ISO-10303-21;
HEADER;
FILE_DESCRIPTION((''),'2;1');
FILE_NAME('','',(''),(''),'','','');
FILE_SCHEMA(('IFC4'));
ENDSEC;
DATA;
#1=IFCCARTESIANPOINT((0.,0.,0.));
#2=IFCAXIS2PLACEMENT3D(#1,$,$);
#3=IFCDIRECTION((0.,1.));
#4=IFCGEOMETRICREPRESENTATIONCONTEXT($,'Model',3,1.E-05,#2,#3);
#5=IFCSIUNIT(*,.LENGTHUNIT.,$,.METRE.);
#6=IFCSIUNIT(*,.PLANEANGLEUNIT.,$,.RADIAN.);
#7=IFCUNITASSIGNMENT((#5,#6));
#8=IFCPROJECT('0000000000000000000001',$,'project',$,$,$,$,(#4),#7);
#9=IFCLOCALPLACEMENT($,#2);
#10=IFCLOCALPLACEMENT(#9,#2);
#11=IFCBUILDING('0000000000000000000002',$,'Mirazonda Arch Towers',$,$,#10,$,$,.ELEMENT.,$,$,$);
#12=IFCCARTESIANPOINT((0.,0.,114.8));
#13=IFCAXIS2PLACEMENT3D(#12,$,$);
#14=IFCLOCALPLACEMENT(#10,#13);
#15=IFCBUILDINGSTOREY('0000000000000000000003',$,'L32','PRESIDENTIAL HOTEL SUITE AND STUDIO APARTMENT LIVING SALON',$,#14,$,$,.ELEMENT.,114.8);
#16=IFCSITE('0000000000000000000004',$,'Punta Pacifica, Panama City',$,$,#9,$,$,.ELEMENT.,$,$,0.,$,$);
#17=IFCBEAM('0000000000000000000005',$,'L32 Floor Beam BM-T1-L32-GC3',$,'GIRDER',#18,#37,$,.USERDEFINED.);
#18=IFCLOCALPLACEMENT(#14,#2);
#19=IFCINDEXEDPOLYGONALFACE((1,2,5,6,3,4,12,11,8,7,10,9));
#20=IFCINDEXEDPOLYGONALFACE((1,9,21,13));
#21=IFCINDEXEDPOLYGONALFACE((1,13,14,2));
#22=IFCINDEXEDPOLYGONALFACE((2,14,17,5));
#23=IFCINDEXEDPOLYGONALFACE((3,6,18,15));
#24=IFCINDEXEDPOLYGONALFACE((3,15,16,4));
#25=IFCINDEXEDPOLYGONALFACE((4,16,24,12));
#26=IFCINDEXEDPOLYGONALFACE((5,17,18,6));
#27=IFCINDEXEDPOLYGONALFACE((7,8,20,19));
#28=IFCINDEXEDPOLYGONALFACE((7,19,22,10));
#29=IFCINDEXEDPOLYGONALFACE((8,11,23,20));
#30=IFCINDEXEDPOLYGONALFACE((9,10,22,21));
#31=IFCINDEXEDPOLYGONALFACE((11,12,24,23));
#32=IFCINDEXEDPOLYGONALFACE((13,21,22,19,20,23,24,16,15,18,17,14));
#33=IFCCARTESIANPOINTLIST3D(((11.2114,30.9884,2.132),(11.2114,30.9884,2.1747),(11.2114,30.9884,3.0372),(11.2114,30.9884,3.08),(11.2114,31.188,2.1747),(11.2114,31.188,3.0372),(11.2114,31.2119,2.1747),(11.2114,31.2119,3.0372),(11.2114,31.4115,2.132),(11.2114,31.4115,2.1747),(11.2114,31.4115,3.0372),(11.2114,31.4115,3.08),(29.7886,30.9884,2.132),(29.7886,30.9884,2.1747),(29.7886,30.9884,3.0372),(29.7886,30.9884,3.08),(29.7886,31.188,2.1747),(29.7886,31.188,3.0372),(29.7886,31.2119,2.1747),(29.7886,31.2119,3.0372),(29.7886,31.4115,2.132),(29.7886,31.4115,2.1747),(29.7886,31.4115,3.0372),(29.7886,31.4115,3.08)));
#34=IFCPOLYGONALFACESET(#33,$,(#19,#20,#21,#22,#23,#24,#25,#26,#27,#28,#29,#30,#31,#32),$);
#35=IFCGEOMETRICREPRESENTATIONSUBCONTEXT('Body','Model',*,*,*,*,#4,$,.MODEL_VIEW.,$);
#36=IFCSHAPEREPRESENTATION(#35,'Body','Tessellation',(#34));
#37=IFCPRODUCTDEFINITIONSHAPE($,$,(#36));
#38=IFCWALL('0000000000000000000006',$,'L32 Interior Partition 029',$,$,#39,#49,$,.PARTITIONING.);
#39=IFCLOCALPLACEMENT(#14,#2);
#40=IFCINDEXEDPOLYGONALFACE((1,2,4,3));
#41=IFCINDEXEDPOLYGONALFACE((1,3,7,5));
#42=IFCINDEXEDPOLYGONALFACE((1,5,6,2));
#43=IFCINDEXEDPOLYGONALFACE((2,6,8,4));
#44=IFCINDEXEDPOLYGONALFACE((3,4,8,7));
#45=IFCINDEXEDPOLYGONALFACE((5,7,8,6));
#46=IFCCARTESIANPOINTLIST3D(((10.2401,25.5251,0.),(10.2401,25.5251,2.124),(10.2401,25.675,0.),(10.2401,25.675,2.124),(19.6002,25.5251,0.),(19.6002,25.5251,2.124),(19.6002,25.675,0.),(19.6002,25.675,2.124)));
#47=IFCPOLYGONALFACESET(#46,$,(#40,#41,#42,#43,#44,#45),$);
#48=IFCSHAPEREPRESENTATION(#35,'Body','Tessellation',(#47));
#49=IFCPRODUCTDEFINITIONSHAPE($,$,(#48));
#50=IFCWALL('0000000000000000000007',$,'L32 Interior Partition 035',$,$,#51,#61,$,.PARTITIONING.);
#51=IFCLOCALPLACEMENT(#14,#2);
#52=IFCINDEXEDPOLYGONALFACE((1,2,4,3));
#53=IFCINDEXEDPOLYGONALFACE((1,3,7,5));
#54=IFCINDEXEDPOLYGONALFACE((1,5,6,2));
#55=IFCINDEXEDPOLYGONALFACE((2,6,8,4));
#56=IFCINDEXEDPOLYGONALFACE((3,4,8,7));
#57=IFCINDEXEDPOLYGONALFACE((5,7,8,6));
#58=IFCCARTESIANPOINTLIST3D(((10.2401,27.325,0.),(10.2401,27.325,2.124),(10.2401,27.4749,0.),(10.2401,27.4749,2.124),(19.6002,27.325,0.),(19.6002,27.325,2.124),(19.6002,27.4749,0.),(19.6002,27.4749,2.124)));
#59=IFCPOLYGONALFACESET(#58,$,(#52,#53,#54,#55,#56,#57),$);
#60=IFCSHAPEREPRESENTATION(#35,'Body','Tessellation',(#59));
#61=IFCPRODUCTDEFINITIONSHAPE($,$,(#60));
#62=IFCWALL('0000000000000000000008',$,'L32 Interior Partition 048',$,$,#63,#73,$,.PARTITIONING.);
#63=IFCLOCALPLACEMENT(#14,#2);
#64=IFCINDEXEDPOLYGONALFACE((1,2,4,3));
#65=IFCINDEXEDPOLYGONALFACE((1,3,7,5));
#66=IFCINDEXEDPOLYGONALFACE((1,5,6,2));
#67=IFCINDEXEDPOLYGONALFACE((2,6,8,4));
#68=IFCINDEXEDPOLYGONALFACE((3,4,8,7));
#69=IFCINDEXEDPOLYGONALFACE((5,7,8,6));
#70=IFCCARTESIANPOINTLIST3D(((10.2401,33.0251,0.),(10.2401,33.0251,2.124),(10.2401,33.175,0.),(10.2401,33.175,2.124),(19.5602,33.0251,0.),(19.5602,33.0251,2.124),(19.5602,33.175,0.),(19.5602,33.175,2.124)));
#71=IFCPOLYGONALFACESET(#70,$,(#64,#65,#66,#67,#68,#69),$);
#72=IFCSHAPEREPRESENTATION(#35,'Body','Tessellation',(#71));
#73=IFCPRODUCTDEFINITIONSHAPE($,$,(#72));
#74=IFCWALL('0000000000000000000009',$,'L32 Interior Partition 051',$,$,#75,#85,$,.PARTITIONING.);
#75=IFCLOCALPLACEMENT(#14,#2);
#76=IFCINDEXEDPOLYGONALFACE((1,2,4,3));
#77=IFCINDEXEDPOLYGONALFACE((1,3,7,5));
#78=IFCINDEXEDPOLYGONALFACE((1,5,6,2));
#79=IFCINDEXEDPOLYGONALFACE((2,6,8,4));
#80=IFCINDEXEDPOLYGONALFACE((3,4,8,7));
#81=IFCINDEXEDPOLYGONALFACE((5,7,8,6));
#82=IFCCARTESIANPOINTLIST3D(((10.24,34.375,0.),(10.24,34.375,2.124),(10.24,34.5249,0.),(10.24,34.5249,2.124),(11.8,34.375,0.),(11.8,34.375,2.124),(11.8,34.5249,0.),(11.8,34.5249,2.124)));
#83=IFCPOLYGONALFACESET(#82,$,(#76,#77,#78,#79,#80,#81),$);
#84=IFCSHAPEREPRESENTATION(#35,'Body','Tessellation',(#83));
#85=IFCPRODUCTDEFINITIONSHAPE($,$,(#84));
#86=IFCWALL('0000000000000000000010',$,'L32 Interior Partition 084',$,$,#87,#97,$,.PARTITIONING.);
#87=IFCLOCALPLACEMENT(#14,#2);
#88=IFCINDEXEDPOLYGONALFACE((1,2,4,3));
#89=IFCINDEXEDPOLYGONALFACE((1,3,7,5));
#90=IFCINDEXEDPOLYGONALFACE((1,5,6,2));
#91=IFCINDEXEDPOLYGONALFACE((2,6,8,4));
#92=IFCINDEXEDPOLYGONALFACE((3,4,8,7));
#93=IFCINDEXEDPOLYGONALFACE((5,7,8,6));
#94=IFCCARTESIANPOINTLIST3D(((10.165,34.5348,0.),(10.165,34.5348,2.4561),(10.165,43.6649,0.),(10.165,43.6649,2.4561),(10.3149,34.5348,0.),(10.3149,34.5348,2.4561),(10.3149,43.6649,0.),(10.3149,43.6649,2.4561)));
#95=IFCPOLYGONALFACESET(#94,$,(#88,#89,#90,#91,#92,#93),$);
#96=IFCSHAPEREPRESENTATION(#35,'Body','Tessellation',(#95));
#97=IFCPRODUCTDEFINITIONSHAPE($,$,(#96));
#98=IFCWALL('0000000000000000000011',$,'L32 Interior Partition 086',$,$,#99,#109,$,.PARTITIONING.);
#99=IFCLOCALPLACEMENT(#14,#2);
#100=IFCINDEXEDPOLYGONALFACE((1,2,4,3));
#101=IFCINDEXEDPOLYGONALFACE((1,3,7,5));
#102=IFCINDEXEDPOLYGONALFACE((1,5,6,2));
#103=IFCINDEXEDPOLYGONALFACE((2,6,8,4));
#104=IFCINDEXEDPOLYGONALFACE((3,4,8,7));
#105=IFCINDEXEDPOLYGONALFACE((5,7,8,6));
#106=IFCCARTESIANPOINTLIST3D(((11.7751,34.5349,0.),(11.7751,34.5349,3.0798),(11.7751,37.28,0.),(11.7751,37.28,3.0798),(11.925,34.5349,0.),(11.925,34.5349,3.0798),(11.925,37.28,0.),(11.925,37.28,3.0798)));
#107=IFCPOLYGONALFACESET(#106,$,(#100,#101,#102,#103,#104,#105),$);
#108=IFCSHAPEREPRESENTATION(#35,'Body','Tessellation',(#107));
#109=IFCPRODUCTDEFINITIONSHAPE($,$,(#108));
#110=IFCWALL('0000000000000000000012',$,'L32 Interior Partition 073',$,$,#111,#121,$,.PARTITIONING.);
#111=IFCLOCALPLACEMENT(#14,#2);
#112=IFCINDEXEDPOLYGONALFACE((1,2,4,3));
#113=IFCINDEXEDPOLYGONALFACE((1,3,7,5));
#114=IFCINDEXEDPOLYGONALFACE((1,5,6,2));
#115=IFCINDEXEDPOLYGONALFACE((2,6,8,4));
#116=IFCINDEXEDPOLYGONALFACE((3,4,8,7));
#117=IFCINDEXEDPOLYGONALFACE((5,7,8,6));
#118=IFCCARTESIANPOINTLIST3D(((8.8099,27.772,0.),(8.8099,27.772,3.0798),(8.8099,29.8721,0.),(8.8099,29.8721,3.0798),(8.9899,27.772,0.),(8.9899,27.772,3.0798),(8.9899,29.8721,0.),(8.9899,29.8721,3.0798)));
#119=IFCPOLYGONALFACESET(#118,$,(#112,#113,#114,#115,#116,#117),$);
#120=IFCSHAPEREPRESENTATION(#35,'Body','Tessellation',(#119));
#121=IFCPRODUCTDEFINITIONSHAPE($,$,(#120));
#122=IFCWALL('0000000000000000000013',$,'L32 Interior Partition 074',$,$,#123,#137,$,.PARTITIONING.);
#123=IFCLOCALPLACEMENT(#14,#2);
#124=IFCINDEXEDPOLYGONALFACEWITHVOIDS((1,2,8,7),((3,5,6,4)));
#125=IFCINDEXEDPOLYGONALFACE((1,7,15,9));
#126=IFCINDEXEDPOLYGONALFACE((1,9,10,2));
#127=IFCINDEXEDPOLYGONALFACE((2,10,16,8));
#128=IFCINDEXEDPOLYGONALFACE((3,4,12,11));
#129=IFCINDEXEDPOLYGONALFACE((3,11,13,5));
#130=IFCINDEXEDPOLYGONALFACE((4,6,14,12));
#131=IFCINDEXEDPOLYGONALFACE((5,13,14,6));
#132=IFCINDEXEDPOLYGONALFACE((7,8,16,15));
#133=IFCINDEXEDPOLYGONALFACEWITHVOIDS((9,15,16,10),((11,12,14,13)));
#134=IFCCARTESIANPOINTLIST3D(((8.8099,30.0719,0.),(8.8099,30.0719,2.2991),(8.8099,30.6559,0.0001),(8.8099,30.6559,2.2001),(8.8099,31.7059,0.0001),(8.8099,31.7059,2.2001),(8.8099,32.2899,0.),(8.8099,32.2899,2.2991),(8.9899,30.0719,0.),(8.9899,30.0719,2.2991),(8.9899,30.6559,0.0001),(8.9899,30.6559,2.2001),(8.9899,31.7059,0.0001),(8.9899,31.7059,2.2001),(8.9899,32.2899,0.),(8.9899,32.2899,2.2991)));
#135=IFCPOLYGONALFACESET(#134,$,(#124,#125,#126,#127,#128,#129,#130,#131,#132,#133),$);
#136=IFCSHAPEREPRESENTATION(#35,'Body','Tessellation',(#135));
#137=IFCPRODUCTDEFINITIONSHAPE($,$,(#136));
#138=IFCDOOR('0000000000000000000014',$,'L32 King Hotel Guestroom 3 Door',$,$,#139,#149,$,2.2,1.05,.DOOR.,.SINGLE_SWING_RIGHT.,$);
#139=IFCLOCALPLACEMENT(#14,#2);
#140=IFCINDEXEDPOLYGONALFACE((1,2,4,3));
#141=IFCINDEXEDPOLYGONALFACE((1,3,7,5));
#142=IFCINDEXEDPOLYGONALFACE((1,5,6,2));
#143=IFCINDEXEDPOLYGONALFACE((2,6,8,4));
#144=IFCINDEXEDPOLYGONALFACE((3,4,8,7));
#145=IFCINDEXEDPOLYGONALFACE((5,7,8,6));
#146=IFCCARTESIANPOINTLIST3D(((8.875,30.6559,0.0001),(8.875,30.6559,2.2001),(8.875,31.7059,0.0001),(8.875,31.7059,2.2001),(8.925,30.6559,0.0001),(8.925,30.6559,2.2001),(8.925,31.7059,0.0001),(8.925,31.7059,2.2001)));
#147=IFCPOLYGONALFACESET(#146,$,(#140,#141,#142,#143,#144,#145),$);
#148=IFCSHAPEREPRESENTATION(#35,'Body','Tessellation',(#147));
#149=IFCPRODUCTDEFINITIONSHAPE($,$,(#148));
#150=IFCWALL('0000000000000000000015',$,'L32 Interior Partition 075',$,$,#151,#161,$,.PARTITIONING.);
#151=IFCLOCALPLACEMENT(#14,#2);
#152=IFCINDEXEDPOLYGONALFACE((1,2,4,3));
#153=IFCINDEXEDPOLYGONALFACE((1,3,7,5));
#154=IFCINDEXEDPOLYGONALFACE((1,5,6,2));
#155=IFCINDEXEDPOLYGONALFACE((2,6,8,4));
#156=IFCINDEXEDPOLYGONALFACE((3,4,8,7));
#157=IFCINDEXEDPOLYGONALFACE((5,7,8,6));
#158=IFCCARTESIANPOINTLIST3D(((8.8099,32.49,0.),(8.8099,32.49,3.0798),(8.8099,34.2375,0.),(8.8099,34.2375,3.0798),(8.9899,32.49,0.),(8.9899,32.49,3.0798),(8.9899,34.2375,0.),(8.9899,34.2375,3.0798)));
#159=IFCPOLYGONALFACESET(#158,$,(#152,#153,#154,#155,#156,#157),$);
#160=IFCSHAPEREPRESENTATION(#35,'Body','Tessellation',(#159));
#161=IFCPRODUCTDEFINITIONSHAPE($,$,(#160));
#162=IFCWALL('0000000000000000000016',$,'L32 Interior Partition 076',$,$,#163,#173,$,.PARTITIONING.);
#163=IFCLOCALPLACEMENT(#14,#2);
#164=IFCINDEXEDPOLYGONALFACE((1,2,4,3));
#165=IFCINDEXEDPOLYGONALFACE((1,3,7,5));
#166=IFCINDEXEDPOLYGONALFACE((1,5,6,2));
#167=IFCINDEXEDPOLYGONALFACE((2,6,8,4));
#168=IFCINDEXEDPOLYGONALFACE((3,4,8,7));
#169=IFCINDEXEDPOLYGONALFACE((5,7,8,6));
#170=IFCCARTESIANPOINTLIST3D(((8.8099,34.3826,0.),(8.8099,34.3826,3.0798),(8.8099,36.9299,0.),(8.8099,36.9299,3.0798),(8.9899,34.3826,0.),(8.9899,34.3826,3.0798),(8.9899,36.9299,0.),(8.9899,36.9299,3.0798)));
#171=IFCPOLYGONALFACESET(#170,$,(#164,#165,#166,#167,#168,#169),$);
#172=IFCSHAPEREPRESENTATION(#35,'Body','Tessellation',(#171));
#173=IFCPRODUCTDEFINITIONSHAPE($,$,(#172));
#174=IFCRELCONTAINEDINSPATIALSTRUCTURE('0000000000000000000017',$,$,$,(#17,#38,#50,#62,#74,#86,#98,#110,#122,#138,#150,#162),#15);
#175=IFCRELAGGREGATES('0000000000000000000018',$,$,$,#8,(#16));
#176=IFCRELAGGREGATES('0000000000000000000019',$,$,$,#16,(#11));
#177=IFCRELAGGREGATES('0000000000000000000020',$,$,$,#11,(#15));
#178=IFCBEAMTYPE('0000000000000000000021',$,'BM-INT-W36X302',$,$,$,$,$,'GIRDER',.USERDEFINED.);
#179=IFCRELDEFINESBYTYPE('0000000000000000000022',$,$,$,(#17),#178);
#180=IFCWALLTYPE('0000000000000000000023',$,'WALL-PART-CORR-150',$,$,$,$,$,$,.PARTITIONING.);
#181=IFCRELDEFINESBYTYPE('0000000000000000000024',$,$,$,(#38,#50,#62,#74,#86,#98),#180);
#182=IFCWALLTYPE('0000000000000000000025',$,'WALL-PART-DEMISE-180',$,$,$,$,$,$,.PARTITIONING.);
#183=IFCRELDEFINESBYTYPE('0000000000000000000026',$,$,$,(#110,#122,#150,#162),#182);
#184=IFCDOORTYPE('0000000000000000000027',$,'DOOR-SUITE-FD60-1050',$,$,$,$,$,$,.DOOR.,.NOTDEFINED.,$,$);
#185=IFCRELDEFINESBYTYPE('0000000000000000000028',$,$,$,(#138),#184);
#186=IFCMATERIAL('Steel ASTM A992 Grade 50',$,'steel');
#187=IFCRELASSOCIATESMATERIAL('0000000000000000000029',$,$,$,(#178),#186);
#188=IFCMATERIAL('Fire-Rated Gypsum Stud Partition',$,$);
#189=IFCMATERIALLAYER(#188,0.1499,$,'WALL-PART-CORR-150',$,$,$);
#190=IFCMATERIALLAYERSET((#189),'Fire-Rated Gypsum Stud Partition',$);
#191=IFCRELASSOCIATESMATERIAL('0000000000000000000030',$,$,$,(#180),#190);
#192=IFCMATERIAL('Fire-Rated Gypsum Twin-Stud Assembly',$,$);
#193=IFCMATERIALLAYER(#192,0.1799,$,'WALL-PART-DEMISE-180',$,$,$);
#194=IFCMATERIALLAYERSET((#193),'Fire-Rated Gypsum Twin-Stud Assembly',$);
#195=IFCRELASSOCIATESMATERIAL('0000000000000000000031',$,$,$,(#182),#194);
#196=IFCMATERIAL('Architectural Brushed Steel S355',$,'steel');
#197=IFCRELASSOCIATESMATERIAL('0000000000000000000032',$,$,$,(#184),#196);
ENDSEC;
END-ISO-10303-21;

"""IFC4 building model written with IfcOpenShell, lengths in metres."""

from ifc_helpers import new_model, si_unit, direction, frame, frame_2d, origin, origin_2d, place, context, subcontext, project, spatial, rectangle, i_section, extrude, material, layer, layer_set, material_profile, profile_set, type_object, element, fill, save


model = new_model("IFC4")

# Units and contexts
model_context = context("Model", 3, precision=1e-05, world=origin(), true_north=direction((0.0, 1.0)))
body_context = subcontext(model_context, "Body", "Model", "MODEL_VIEW")
ifc_project = project(units=[si_unit("LENGTHUNIT", "METRE"), si_unit("PLANEANGLEUNIT", "RADIAN")], contexts=[model_context])

# Site, building, storey
site_placement = place(None, origin())
site = spatial("IfcSite", under=ifc_project, at=site_placement, Name="Punta Pacifica, Panama City", CompositionType="ELEMENT", RefElevation=0.0)
building_placement = place(site_placement, origin())
building = spatial("IfcBuilding", under=site, at=building_placement, Name="Mirazonda Arch Towers", CompositionType="ELEMENT")
storey_placement = place(building_placement, frame((0.0, 0.0, 114.8)))
storey = spatial("IfcBuildingStorey", under=building, at=storey_placement, Name="L32", Description="PRESIDENTIAL HOTEL SUITE AND STUDIO APARTMENT LIVING SALON", CompositionType="ELEMENT", Elevation=114.8)

# Beam
ifc_material_1 = material(Name="Steel ASTM A992 Grade 50", Category="steel")
ifc_material_profile = material_profile(ifc_material_1, i_section(OverallWidth=0.4231, OverallDepth=0.948, WebThickness=0.0239, FlangeThickness=0.0427, at=origin_2d()), Name="W36X302")
ifc_profile_set = profile_set([ifc_material_profile], Name="Steel ASTM A992 Grade 50")
beam_type = type_object("IfcBeamType", Name="BM-INT-W36X302", ElementType="GIRDER", PredefinedType="USERDEFINED", material=ifc_profile_set)
beam_placement = place(storey_placement, frame((11.2114, 31.2, 2.606), z_axis=(1.0, 0.0, 0.0), x_axis=(0.0, 1.0, 0.0)))
element("IfcBeam", 1, at=beam_placement, inside=storey, type_object=beam_type, Name="L32 Floor Beam BM-T1-L32-GC3", ObjectType="GIRDER", PredefinedType="USERDEFINED", context=body_context, shape_type="SweptSolid", body=[
    extrude(i_section(OverallWidth=0.4231, OverallDepth=0.948, WebThickness=0.0239, FlangeThickness=0.0427, at=origin_2d()), origin(), (0.0, 0.0, 1.0), 18.5771),
])

# Walls
ifc_material_2 = material(Name="Fire-Rated Gypsum Stud Partition")
ifc_layer_1 = layer(ifc_material_2, 0.1499, Name="WALL-PART-CORR-150")
ifc_layer_set_1 = layer_set([ifc_layer_1], Name="Fire-Rated Gypsum Stud Partition")
wall_type_1 = type_object("IfcWallType", Name="WALL-PART-CORR-150", PredefinedType="PARTITIONING", material=ifc_layer_set_1)
for number, where, z_axis, x_axis, name in (
    (2, (10.24, 25.6001, 0.0), (0.0, 0.0, 1.0), (1.0, 0.0, 0.0), "L32 Interior Partition 029"),
    (3, (10.24, 27.3999, 0.0), (0.0, 0.0, 1.0), (1.0, 0.0, 0.0), "L32 Interior Partition 035"),
):
    element("IfcWall", number, at=place(storey_placement, frame(where, z_axis=z_axis, x_axis=x_axis)), inside=storey, type_object=wall_type_1, Name=name, PredefinedType="PARTITIONING", context=body_context, shape_type="SweptSolid", body=[
        extrude(rectangle(XDim=9.3601, YDim=0.1499, at=frame_2d((4.6802, 0.0))), origin(), (0.0, 0.0, 1.0), 2.124),
    ])
wall_1_placement = place(storey_placement, frame((10.24, 33.1001, 0.0), z_axis=(0.0, 0.0, 1.0), x_axis=(1.0, 0.0, 0.0)))
element("IfcWall", 4, at=wall_1_placement, inside=storey, type_object=wall_type_1, Name="L32 Interior Partition 048", PredefinedType="PARTITIONING", context=body_context, shape_type="SweptSolid", body=[
    extrude(rectangle(XDim=9.3201, YDim=0.1499, at=frame_2d((4.6602, 0.0))), origin(), (0.0, 0.0, 1.0), 2.124),
])
wall_2_placement = place(storey_placement, frame((10.24, 34.45, 0.0), z_axis=(0.0, 0.0, 1.0), x_axis=(1.0, 0.0, 0.0)))
element("IfcWall", 5, at=wall_2_placement, inside=storey, type_object=wall_type_1, Name="L32 Interior Partition 051", PredefinedType="PARTITIONING", context=body_context, shape_type="SweptSolid", body=[
    extrude(rectangle(XDim=1.5601, YDim=0.1499, at=frame_2d((0.78, 0.0))), origin(), (0.0, 0.0, 1.0), 2.124),
])

# Shared definitions
ifc_material_3 = material(Name="Architectural Brushed Steel S355", Category="steel")

# Walls
wall_3_placement = place(storey_placement, frame((10.24, 34.5349, 0.0), z_axis=(0.0, 0.0, 1.0), x_axis=(0.0, 1.0, 0.0)))
element("IfcWall", 6, at=wall_3_placement, inside=storey, type_object=wall_type_1, Name="L32 Interior Partition 084", PredefinedType="PARTITIONING", context=body_context, shape_type="SweptSolid", body=[
    extrude(rectangle(XDim=9.1301, YDim=0.1499, at=frame_2d((4.5649, 0.0))), origin(), (0.0, 0.0, 1.0), 2.4561),
])
wall_4_placement = place(storey_placement, frame((11.8501, 34.5349, 0.0), z_axis=(0.0, 0.0, 1.0), x_axis=(0.0, 1.0, 0.0)))
element("IfcWall", 7, at=wall_4_placement, inside=storey, type_object=wall_type_1, Name="L32 Interior Partition 086", PredefinedType="PARTITIONING", context=body_context, shape_type="SweptSolid", body=[
    extrude(rectangle(XDim=2.7451, YDim=0.1499, at=frame_2d((1.3726, 0.0))), origin(), (0.0, 0.0, 1.0), 3.0798),
])
ifc_material_4 = material(Name="Fire-Rated Gypsum Twin-Stud Assembly")
ifc_layer_2 = layer(ifc_material_4, 0.1799, Name="WALL-PART-DEMISE-180")
ifc_layer_set_2 = layer_set([ifc_layer_2], Name="Fire-Rated Gypsum Twin-Stud Assembly")
wall_type_2 = type_object("IfcWallType", Name="WALL-PART-DEMISE-180", PredefinedType="PARTITIONING", material=ifc_layer_set_2)
wall_5_placement = place(storey_placement, frame((8.8999, 27.772, 0.0), z_axis=(0.0, 0.0, 1.0), x_axis=(0.0, 1.0, 0.0)))
element("IfcWall", 8, at=wall_5_placement, inside=storey, type_object=wall_type_2, Name="L32 Interior Partition 073", PredefinedType="PARTITIONING", context=body_context, shape_type="SweptSolid", body=[
    extrude(rectangle(XDim=2.1001, YDim=0.1799, at=frame_2d((1.05, 0.0))), origin(), (0.0, 0.0, 1.0), 3.0798),
])

# Wall, opening, door
wall_6_placement = place(storey_placement, frame((8.8999, 30.072, 0.0), z_axis=(0.0, 0.0, 1.0), x_axis=(0.0, 1.0, 0.0)))
wall_6 = element("IfcWall", 9, at=wall_6_placement, inside=storey, type_object=wall_type_2, Name="L32 Interior Partition 074", PredefinedType="PARTITIONING", context=body_context, shape_type="SweptSolid", body=[
    extrude(rectangle(XDim=2.218, YDim=0.1799, at=frame_2d((1.1089, 0.0))), origin(), (0.0, 0.0, 1.0), 2.2991),
])
opening_1_placement = place(wall_6_placement, frame((0.584, 0.0, 0.0)))
opening_1 = element("IfcOpeningElement", 10, at=opening_1_placement, cuts=wall_6, PredefinedType="OPENING", context=body_context, shape_type="SweptSolid", body=[
    extrude(rectangle(XDim=1.05, YDim=2.2, at=frame_2d((0.5249, 1.1001))), frame((0.0, 0.0999, 0.0), z_axis=(0.0, -1.0, 0.0), x_axis=(1.0, 0.0, 0.0)), (0.0, 0.0, 1.0), 0.2),
])
door_type_1 = type_object("IfcDoorType", Name="DOOR-SUITE-FD60-1050", OperationType="NOTDEFINED", PredefinedType="DOOR", material=ifc_material_3)
door_1_placement = place(opening_1_placement, origin())
door_1 = element("IfcDoor", 11, at=door_1_placement, inside=storey, type_object=door_type_1, Name="L32 King Hotel Guestroom 3 Door", OperationType="SINGLE_SWING_RIGHT", OverallHeight=2.2, OverallWidth=1.05, PredefinedType="DOOR", context=body_context, shape_type="SweptSolid", body=[
    extrude(rectangle(XDim=1.05, YDim=2.2, at=frame_2d((0.5249, 1.1001))), frame((0.0, 0.0249, 0.0), z_axis=(0.0, -1.0, 0.0), x_axis=(1.0, 0.0, 0.0)), (0.0, 0.0, 1.0), 0.05),
])
fill(opening_1, door_1)

# Walls
wall_7_placement = place(storey_placement, frame((8.8999, 32.49, 0.0), z_axis=(0.0, 0.0, 1.0), x_axis=(0.0, 1.0, 0.0)))
element("IfcWall", 12, at=wall_7_placement, inside=storey, type_object=wall_type_2, Name="L32 Interior Partition 075", PredefinedType="PARTITIONING", context=body_context, shape_type="SweptSolid", body=[
    extrude(rectangle(XDim=1.7476, YDim=0.1799, at=frame_2d((0.8738, 0.0))), origin(), (0.0, 0.0, 1.0), 3.0798),
])
wall_8_placement = place(storey_placement, frame((8.8999, 34.3826, 0.0), z_axis=(0.0, 0.0, 1.0), x_axis=(0.0, 1.0, 0.0)))
element("IfcWall", 13, at=wall_8_placement, inside=storey, type_object=wall_type_2, Name="L32 Interior Partition 076", PredefinedType="PARTITIONING", context=body_context, shape_type="SweptSolid", body=[
    extrude(rectangle(XDim=2.5474, YDim=0.1799, at=frame_2d((1.2737, 0.0))), origin(), (0.0, 0.0, 1.0), 3.0798),
])

save(model, "model.ifc")
